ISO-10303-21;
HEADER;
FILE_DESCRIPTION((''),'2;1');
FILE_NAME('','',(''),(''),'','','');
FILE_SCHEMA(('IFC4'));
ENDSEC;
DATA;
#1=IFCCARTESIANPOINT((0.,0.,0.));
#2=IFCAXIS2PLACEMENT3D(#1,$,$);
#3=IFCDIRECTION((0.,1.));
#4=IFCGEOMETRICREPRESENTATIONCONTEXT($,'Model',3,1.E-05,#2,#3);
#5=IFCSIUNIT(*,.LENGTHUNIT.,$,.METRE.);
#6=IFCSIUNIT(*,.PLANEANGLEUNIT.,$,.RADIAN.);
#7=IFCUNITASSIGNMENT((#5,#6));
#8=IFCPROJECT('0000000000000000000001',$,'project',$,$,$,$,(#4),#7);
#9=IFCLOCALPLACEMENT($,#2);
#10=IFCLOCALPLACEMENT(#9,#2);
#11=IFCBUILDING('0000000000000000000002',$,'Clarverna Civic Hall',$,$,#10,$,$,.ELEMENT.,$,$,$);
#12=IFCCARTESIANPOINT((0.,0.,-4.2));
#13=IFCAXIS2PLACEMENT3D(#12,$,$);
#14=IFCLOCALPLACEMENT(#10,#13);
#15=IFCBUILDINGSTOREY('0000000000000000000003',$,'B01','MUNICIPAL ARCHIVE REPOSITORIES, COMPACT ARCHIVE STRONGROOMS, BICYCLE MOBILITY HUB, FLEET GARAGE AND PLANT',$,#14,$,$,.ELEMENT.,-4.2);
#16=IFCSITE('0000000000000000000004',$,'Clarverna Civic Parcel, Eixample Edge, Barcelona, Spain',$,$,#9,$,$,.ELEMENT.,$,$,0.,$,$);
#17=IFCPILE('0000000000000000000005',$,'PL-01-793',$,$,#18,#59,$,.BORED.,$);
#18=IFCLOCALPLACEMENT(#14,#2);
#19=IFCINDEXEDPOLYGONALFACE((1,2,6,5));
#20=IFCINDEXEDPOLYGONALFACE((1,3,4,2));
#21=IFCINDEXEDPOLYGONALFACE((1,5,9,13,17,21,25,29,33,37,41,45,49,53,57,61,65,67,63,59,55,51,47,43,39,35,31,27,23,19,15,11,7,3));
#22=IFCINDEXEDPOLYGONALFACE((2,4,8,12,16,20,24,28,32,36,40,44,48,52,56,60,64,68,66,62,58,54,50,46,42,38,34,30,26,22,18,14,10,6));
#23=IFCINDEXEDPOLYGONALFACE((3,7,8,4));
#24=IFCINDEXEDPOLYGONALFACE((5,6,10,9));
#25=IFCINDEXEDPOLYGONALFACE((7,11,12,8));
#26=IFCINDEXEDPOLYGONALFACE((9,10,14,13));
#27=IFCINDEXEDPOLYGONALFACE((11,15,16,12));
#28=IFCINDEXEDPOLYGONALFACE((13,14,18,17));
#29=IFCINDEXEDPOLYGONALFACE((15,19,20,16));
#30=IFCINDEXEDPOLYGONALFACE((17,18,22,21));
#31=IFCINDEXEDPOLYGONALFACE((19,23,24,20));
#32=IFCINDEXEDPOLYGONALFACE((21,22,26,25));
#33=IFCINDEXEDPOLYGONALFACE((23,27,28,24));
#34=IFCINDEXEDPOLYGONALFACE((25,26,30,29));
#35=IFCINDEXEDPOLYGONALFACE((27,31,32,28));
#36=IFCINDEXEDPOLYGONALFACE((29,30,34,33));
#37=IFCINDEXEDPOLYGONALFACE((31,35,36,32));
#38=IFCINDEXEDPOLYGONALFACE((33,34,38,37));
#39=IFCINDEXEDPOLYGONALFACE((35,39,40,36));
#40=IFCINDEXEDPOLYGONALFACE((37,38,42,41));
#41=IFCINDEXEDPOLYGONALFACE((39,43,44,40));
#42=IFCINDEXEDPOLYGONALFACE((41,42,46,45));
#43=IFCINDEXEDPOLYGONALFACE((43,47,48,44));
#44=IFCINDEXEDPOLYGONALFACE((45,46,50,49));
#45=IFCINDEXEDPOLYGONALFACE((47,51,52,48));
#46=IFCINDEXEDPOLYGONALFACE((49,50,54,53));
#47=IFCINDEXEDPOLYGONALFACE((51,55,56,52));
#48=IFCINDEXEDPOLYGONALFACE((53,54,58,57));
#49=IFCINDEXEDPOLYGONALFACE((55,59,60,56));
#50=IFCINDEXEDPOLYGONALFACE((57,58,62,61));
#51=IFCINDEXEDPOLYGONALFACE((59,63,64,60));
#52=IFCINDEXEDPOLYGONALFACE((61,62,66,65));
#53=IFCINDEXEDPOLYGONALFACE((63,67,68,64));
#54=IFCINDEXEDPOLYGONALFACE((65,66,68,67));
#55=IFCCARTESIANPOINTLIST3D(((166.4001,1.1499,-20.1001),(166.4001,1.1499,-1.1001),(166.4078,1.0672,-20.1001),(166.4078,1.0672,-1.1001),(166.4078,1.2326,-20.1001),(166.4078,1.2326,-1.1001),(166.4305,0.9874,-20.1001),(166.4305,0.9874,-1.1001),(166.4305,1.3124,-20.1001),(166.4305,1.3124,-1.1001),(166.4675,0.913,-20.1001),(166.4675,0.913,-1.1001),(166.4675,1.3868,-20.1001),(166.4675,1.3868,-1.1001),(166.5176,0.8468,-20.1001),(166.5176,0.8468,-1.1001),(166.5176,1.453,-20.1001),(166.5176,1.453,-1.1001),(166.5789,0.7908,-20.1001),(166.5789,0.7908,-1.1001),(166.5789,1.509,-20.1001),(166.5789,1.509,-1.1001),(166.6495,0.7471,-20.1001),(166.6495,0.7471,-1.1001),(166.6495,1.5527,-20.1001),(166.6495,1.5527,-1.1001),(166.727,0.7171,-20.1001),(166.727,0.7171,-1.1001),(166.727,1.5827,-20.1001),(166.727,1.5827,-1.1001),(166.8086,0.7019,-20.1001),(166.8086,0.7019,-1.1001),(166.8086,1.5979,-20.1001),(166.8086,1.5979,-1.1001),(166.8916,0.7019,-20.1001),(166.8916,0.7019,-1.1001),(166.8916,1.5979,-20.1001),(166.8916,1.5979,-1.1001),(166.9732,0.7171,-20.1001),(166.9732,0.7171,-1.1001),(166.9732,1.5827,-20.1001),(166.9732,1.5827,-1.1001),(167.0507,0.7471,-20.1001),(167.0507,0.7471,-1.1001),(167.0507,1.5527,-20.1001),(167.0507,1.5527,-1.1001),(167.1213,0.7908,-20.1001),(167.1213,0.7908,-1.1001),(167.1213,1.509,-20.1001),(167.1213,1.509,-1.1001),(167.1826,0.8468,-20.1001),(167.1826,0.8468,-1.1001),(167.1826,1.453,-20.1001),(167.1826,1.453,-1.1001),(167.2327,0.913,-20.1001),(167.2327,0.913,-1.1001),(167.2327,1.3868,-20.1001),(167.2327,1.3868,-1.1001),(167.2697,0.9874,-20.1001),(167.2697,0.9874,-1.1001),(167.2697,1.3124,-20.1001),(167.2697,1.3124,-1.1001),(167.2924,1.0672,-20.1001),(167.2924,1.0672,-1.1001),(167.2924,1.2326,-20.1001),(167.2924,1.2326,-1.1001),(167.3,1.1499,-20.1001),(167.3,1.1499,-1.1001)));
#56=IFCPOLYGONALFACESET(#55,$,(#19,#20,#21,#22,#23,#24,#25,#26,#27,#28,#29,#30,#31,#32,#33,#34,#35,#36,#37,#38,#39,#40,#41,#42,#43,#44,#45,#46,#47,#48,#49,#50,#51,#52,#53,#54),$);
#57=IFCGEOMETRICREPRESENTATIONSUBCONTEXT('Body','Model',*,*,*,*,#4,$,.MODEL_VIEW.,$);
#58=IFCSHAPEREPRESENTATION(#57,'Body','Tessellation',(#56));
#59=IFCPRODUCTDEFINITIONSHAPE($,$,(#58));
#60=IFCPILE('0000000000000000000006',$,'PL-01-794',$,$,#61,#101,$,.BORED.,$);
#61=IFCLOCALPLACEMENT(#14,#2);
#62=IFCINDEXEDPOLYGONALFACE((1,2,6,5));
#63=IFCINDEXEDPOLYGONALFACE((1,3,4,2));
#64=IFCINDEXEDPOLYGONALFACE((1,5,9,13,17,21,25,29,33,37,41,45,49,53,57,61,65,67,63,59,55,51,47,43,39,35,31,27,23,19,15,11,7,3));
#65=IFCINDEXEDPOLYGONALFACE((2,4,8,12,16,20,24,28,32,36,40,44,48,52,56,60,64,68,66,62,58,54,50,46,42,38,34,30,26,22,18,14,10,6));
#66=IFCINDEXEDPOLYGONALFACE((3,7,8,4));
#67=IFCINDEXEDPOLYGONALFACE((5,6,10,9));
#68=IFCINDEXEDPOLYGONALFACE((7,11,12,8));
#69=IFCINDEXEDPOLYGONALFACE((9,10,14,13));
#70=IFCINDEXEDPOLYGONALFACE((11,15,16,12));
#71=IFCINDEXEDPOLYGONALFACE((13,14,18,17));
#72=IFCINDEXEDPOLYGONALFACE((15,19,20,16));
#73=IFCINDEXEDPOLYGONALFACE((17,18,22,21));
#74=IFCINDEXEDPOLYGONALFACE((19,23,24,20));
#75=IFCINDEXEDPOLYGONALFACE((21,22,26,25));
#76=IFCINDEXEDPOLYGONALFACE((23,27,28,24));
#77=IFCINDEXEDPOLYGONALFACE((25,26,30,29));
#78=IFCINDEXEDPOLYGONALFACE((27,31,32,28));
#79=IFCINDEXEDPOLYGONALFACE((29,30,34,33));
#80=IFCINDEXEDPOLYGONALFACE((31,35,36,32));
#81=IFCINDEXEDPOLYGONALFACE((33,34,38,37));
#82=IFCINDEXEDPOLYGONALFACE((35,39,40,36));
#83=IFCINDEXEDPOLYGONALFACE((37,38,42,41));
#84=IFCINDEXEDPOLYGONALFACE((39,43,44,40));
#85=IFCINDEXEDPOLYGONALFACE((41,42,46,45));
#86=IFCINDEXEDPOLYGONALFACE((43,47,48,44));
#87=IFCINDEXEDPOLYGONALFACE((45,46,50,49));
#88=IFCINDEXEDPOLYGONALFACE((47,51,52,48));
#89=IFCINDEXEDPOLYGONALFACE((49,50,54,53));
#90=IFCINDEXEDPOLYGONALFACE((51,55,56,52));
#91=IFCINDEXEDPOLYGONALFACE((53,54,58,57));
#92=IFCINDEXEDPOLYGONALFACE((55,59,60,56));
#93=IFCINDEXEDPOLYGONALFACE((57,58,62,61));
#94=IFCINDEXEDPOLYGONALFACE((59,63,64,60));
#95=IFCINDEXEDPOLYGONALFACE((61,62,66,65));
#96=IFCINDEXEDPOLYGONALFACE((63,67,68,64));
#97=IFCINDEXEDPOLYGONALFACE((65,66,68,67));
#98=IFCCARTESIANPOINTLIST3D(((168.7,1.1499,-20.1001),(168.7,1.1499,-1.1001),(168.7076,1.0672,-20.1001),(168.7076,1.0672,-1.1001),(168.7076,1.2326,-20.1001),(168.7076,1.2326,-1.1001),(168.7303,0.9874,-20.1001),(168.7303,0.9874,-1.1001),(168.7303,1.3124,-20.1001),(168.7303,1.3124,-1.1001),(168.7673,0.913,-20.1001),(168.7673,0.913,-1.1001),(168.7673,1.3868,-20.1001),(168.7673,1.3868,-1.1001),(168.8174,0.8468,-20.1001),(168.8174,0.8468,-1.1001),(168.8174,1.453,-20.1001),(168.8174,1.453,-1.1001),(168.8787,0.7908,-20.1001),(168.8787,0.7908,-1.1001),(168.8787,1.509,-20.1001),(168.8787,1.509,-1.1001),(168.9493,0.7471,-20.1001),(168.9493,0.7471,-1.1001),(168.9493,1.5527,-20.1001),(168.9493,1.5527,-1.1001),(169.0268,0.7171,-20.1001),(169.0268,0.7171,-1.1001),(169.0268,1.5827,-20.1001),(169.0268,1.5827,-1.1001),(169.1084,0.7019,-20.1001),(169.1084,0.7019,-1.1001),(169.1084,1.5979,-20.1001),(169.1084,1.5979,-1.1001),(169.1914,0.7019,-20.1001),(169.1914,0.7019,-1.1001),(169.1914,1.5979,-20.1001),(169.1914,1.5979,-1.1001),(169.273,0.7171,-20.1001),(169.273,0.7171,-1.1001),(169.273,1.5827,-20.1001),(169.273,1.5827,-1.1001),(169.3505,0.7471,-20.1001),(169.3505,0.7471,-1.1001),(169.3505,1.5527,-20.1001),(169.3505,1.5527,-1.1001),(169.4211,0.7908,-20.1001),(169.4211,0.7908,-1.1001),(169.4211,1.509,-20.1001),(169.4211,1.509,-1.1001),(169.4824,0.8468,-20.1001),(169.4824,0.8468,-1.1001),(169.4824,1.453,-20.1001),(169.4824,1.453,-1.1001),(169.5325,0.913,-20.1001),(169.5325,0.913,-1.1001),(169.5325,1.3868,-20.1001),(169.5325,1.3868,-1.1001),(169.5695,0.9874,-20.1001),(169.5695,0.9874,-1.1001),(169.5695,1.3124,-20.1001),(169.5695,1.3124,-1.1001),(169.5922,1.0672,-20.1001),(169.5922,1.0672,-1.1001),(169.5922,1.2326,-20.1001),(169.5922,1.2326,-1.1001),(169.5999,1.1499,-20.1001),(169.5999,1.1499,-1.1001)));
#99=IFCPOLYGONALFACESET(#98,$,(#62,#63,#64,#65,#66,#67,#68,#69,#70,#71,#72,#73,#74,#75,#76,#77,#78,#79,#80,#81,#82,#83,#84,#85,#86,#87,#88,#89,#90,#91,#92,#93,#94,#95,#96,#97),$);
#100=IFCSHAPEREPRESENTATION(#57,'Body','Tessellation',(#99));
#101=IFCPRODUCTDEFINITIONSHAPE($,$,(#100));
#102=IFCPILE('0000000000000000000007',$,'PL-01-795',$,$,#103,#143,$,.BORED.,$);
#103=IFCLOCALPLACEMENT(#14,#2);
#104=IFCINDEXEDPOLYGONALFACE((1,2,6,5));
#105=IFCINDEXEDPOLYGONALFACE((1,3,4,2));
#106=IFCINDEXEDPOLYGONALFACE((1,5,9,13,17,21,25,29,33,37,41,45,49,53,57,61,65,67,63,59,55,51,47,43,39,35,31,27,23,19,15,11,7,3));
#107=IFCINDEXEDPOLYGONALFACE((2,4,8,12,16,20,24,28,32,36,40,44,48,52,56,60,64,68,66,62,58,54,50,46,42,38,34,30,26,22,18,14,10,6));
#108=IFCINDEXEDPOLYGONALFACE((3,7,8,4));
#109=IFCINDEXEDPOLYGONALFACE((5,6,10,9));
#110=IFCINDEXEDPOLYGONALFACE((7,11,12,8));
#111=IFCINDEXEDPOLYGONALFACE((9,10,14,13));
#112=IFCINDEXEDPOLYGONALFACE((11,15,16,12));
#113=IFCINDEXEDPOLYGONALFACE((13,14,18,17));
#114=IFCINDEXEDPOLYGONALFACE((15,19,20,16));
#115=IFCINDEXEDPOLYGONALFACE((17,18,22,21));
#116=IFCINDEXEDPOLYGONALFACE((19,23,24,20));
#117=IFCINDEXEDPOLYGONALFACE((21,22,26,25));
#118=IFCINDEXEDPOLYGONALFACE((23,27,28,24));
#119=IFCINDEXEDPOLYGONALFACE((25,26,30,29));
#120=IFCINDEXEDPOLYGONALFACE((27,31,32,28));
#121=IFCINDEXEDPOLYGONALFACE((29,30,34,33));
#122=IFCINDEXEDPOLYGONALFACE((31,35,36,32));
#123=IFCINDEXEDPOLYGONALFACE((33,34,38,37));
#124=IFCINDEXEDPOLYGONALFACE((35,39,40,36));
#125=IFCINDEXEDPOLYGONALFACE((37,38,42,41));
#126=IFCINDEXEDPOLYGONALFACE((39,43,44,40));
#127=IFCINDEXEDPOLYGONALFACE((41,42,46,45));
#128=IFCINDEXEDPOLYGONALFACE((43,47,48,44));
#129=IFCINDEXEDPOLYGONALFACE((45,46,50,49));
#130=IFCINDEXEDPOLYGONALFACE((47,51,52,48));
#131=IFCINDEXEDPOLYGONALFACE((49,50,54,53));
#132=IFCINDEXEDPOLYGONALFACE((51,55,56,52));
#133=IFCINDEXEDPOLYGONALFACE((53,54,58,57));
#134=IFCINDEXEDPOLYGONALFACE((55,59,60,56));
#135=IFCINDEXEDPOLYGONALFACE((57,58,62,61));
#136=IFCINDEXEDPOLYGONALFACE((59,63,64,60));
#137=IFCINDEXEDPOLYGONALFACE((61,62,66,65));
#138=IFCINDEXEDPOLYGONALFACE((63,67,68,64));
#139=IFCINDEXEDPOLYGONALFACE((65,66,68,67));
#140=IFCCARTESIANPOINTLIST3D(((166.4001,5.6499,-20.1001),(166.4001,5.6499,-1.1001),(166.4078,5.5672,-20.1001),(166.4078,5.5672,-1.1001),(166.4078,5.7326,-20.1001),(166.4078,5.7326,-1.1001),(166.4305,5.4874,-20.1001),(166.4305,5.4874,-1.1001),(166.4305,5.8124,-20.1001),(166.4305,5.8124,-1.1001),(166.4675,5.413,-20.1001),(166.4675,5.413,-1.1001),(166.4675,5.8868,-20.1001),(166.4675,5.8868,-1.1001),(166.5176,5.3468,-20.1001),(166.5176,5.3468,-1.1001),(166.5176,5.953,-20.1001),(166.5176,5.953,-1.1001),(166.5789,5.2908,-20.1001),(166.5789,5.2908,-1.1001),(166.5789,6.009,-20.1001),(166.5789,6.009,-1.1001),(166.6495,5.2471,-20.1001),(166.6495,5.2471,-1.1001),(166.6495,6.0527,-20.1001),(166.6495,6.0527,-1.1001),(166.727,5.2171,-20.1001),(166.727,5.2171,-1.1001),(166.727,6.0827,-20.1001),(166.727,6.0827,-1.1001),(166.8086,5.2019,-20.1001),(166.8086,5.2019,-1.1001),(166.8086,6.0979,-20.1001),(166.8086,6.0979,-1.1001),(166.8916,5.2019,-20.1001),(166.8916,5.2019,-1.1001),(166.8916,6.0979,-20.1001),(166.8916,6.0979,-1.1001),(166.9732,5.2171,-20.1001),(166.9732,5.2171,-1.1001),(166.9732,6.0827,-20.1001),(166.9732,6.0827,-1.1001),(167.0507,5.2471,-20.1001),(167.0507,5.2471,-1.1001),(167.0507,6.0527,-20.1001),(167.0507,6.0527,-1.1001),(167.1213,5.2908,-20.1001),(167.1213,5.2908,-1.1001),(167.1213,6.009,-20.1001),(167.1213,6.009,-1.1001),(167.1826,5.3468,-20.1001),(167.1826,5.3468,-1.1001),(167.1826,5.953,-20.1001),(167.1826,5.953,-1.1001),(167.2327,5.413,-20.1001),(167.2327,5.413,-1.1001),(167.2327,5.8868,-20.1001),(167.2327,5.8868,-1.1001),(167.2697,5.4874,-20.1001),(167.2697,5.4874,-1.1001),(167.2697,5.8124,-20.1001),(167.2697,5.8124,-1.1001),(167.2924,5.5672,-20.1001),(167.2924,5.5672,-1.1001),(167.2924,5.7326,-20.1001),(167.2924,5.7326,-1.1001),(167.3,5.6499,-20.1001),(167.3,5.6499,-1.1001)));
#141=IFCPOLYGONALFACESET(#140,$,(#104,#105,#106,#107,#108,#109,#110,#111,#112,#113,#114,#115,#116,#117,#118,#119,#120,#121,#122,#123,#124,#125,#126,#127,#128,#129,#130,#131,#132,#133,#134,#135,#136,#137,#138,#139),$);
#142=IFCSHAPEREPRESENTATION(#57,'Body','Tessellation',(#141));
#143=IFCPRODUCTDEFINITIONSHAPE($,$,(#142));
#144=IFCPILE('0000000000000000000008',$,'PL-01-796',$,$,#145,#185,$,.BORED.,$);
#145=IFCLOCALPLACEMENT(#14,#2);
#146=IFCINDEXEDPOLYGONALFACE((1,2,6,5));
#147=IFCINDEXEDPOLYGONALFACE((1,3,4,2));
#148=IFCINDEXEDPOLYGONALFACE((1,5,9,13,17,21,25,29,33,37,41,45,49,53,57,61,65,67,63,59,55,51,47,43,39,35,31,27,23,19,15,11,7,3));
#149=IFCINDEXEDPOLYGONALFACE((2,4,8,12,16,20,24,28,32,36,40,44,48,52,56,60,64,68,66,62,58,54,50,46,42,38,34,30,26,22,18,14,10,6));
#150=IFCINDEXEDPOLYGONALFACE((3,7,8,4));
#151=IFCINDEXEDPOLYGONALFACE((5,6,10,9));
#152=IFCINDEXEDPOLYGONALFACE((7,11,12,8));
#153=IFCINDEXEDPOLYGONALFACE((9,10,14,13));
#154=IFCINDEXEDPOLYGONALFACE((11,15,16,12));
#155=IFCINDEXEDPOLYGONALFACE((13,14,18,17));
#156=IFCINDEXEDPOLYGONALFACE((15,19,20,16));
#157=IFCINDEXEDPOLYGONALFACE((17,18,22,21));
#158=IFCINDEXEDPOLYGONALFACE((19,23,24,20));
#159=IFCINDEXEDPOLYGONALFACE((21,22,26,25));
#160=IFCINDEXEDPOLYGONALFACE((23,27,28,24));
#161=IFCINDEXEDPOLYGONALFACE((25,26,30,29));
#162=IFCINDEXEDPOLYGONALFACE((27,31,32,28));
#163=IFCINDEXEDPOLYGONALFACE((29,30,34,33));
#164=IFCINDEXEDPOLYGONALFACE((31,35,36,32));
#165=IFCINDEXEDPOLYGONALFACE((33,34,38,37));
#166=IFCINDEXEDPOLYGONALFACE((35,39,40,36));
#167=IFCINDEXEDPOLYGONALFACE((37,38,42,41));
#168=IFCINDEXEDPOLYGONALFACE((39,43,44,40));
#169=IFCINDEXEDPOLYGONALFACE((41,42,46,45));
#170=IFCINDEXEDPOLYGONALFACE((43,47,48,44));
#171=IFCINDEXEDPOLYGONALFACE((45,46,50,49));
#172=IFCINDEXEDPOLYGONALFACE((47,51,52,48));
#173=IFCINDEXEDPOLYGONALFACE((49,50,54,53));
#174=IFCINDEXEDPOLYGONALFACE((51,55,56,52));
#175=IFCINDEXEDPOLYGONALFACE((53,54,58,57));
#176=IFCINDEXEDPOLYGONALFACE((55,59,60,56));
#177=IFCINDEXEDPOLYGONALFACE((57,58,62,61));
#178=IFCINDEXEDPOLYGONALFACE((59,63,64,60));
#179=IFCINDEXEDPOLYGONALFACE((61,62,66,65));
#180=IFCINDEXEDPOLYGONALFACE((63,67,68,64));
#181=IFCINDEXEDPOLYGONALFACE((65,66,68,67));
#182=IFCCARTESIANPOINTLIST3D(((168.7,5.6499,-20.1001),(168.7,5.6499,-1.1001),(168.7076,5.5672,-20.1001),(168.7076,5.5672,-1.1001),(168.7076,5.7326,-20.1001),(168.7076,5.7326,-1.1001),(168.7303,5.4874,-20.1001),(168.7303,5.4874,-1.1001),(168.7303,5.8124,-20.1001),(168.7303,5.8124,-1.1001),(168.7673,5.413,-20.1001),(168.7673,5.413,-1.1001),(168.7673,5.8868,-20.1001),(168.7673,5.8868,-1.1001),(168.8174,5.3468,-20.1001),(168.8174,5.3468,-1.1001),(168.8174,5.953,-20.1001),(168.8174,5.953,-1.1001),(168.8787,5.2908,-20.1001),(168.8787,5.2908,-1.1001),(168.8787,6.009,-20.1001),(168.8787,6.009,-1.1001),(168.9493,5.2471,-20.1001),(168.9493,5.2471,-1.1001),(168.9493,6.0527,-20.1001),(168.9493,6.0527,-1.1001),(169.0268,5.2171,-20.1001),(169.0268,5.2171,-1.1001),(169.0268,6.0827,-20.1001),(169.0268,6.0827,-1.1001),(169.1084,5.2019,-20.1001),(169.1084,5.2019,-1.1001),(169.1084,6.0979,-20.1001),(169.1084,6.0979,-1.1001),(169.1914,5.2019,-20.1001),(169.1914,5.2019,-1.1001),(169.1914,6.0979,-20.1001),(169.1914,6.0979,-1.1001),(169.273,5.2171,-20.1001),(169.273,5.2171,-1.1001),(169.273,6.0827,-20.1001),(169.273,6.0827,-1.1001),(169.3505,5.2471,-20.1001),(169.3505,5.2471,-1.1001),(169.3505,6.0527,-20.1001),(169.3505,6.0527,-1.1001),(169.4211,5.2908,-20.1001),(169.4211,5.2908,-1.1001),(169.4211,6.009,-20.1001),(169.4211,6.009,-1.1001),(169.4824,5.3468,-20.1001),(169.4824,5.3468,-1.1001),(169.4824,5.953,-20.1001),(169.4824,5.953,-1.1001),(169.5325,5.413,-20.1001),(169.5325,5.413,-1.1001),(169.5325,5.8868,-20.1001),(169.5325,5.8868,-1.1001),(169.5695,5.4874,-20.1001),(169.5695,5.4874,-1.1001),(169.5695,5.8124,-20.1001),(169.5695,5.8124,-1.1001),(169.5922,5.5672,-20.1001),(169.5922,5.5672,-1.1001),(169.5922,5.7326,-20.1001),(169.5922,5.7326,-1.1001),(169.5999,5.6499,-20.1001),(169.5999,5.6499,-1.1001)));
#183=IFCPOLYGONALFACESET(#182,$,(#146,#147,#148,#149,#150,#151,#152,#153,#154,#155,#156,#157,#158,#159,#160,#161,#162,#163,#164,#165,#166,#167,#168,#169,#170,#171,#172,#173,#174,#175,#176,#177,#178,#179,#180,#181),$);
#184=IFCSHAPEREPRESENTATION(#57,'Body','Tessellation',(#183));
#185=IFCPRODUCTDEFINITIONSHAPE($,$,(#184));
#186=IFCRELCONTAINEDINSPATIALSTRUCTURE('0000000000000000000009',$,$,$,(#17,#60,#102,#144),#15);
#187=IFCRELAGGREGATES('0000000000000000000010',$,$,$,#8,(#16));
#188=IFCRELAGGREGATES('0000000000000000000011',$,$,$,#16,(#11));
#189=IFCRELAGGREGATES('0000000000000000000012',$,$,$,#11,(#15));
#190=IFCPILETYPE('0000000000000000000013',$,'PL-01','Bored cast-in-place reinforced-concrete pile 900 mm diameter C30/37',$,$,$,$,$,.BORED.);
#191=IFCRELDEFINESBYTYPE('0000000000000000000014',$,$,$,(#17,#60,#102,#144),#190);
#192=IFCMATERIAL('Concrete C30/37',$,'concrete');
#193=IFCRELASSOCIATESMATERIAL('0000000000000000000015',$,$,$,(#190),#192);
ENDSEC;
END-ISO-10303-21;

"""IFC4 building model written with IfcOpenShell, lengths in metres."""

from ifc_helpers import new_model, si_unit, direction, frame, origin, origin_2d, place, context, subcontext, project, spatial, circle, extrude, material, material_profile, profile_set, type_object, element, save


model = new_model("IFC4")

# Units and contexts
model_context = context("Model", 3, precision=1e-05, world=origin(), true_north=direction((0.0, 1.0)))
body_context = subcontext(model_context, "Body", "Model", "MODEL_VIEW")
ifc_project = project(units=[si_unit("LENGTHUNIT", "METRE"), si_unit("PLANEANGLEUNIT", "RADIAN")], contexts=[model_context])

# Site, building, storey
site_placement = place(None, origin())
site = spatial("IfcSite", under=ifc_project, at=site_placement, Name="Clarverna Civic Parcel, Eixample Edge, Barcelona, Spain", CompositionType="ELEMENT", RefElevation=0.0)
building_placement = place(site_placement, origin())
building = spatial("IfcBuilding", under=site, at=building_placement, Name="Clarverna Civic Hall", CompositionType="ELEMENT")
storey_placement = place(building_placement, frame((0.0, 0.0, -4.2)))
storey = spatial("IfcBuildingStorey", under=building, at=storey_placement, Name="B01", Description="MUNICIPAL ARCHIVE REPOSITORIES, COMPACT ARCHIVE STRONGROOMS, BICYCLE MOBILITY HUB, FLEET GARAGE AND PLANT", CompositionType="ELEMENT", Elevation=-4.2)

# Shared definitions
ifc_material_1 = material(Name="Concrete C30/37", Category="concrete")

# Piles
ifc_material_profile_1 = material_profile(ifc_material_1, circle(Radius=0.45, at=origin_2d()), Name="BORED PILE D900")
ifc_profile_set_1 = profile_set([ifc_material_profile_1], Name="Concrete C30/37")
pile_type = type_object("IfcPileType", Name="PL-01", Description="Bored cast-in-place reinforced-concrete pile 900 mm diameter C30/37", PredefinedType="BORED", material=ifc_profile_set_1)
for number, where, z_axis, x_axis, name in (
    (1, (166.8501, 1.1499, -1.1001), (0.0, 0.0, -1.0), (1.0, 0.0, 0.0), "PL-01-793"),
    (2, (169.1499, 1.1499, -1.1001), (0.0, 0.0, -1.0), (1.0, 0.0, 0.0), "PL-01-794"),
    (3, (166.8501, 5.6499, -1.1001), (0.0, 0.0, -1.0), (1.0, 0.0, 0.0), "PL-01-795"),
    (4, (169.1499, 5.6499, -1.1001), (0.0, 0.0, -1.0), (1.0, 0.0, 0.0), "PL-01-796"),
):
    element("IfcPile", number, at=place(storey_placement, frame(where, z_axis=z_axis, x_axis=x_axis)), inside=storey, type_object=pile_type, Name=name, PredefinedType="BORED", context=body_context, shape_type="SweptSolid", body=[
        extrude(circle(Radius=0.45, at=origin_2d()), origin(), (0.0, 0.0, 1.0), 19.0),
    ])

save(model, "model.ifc")
